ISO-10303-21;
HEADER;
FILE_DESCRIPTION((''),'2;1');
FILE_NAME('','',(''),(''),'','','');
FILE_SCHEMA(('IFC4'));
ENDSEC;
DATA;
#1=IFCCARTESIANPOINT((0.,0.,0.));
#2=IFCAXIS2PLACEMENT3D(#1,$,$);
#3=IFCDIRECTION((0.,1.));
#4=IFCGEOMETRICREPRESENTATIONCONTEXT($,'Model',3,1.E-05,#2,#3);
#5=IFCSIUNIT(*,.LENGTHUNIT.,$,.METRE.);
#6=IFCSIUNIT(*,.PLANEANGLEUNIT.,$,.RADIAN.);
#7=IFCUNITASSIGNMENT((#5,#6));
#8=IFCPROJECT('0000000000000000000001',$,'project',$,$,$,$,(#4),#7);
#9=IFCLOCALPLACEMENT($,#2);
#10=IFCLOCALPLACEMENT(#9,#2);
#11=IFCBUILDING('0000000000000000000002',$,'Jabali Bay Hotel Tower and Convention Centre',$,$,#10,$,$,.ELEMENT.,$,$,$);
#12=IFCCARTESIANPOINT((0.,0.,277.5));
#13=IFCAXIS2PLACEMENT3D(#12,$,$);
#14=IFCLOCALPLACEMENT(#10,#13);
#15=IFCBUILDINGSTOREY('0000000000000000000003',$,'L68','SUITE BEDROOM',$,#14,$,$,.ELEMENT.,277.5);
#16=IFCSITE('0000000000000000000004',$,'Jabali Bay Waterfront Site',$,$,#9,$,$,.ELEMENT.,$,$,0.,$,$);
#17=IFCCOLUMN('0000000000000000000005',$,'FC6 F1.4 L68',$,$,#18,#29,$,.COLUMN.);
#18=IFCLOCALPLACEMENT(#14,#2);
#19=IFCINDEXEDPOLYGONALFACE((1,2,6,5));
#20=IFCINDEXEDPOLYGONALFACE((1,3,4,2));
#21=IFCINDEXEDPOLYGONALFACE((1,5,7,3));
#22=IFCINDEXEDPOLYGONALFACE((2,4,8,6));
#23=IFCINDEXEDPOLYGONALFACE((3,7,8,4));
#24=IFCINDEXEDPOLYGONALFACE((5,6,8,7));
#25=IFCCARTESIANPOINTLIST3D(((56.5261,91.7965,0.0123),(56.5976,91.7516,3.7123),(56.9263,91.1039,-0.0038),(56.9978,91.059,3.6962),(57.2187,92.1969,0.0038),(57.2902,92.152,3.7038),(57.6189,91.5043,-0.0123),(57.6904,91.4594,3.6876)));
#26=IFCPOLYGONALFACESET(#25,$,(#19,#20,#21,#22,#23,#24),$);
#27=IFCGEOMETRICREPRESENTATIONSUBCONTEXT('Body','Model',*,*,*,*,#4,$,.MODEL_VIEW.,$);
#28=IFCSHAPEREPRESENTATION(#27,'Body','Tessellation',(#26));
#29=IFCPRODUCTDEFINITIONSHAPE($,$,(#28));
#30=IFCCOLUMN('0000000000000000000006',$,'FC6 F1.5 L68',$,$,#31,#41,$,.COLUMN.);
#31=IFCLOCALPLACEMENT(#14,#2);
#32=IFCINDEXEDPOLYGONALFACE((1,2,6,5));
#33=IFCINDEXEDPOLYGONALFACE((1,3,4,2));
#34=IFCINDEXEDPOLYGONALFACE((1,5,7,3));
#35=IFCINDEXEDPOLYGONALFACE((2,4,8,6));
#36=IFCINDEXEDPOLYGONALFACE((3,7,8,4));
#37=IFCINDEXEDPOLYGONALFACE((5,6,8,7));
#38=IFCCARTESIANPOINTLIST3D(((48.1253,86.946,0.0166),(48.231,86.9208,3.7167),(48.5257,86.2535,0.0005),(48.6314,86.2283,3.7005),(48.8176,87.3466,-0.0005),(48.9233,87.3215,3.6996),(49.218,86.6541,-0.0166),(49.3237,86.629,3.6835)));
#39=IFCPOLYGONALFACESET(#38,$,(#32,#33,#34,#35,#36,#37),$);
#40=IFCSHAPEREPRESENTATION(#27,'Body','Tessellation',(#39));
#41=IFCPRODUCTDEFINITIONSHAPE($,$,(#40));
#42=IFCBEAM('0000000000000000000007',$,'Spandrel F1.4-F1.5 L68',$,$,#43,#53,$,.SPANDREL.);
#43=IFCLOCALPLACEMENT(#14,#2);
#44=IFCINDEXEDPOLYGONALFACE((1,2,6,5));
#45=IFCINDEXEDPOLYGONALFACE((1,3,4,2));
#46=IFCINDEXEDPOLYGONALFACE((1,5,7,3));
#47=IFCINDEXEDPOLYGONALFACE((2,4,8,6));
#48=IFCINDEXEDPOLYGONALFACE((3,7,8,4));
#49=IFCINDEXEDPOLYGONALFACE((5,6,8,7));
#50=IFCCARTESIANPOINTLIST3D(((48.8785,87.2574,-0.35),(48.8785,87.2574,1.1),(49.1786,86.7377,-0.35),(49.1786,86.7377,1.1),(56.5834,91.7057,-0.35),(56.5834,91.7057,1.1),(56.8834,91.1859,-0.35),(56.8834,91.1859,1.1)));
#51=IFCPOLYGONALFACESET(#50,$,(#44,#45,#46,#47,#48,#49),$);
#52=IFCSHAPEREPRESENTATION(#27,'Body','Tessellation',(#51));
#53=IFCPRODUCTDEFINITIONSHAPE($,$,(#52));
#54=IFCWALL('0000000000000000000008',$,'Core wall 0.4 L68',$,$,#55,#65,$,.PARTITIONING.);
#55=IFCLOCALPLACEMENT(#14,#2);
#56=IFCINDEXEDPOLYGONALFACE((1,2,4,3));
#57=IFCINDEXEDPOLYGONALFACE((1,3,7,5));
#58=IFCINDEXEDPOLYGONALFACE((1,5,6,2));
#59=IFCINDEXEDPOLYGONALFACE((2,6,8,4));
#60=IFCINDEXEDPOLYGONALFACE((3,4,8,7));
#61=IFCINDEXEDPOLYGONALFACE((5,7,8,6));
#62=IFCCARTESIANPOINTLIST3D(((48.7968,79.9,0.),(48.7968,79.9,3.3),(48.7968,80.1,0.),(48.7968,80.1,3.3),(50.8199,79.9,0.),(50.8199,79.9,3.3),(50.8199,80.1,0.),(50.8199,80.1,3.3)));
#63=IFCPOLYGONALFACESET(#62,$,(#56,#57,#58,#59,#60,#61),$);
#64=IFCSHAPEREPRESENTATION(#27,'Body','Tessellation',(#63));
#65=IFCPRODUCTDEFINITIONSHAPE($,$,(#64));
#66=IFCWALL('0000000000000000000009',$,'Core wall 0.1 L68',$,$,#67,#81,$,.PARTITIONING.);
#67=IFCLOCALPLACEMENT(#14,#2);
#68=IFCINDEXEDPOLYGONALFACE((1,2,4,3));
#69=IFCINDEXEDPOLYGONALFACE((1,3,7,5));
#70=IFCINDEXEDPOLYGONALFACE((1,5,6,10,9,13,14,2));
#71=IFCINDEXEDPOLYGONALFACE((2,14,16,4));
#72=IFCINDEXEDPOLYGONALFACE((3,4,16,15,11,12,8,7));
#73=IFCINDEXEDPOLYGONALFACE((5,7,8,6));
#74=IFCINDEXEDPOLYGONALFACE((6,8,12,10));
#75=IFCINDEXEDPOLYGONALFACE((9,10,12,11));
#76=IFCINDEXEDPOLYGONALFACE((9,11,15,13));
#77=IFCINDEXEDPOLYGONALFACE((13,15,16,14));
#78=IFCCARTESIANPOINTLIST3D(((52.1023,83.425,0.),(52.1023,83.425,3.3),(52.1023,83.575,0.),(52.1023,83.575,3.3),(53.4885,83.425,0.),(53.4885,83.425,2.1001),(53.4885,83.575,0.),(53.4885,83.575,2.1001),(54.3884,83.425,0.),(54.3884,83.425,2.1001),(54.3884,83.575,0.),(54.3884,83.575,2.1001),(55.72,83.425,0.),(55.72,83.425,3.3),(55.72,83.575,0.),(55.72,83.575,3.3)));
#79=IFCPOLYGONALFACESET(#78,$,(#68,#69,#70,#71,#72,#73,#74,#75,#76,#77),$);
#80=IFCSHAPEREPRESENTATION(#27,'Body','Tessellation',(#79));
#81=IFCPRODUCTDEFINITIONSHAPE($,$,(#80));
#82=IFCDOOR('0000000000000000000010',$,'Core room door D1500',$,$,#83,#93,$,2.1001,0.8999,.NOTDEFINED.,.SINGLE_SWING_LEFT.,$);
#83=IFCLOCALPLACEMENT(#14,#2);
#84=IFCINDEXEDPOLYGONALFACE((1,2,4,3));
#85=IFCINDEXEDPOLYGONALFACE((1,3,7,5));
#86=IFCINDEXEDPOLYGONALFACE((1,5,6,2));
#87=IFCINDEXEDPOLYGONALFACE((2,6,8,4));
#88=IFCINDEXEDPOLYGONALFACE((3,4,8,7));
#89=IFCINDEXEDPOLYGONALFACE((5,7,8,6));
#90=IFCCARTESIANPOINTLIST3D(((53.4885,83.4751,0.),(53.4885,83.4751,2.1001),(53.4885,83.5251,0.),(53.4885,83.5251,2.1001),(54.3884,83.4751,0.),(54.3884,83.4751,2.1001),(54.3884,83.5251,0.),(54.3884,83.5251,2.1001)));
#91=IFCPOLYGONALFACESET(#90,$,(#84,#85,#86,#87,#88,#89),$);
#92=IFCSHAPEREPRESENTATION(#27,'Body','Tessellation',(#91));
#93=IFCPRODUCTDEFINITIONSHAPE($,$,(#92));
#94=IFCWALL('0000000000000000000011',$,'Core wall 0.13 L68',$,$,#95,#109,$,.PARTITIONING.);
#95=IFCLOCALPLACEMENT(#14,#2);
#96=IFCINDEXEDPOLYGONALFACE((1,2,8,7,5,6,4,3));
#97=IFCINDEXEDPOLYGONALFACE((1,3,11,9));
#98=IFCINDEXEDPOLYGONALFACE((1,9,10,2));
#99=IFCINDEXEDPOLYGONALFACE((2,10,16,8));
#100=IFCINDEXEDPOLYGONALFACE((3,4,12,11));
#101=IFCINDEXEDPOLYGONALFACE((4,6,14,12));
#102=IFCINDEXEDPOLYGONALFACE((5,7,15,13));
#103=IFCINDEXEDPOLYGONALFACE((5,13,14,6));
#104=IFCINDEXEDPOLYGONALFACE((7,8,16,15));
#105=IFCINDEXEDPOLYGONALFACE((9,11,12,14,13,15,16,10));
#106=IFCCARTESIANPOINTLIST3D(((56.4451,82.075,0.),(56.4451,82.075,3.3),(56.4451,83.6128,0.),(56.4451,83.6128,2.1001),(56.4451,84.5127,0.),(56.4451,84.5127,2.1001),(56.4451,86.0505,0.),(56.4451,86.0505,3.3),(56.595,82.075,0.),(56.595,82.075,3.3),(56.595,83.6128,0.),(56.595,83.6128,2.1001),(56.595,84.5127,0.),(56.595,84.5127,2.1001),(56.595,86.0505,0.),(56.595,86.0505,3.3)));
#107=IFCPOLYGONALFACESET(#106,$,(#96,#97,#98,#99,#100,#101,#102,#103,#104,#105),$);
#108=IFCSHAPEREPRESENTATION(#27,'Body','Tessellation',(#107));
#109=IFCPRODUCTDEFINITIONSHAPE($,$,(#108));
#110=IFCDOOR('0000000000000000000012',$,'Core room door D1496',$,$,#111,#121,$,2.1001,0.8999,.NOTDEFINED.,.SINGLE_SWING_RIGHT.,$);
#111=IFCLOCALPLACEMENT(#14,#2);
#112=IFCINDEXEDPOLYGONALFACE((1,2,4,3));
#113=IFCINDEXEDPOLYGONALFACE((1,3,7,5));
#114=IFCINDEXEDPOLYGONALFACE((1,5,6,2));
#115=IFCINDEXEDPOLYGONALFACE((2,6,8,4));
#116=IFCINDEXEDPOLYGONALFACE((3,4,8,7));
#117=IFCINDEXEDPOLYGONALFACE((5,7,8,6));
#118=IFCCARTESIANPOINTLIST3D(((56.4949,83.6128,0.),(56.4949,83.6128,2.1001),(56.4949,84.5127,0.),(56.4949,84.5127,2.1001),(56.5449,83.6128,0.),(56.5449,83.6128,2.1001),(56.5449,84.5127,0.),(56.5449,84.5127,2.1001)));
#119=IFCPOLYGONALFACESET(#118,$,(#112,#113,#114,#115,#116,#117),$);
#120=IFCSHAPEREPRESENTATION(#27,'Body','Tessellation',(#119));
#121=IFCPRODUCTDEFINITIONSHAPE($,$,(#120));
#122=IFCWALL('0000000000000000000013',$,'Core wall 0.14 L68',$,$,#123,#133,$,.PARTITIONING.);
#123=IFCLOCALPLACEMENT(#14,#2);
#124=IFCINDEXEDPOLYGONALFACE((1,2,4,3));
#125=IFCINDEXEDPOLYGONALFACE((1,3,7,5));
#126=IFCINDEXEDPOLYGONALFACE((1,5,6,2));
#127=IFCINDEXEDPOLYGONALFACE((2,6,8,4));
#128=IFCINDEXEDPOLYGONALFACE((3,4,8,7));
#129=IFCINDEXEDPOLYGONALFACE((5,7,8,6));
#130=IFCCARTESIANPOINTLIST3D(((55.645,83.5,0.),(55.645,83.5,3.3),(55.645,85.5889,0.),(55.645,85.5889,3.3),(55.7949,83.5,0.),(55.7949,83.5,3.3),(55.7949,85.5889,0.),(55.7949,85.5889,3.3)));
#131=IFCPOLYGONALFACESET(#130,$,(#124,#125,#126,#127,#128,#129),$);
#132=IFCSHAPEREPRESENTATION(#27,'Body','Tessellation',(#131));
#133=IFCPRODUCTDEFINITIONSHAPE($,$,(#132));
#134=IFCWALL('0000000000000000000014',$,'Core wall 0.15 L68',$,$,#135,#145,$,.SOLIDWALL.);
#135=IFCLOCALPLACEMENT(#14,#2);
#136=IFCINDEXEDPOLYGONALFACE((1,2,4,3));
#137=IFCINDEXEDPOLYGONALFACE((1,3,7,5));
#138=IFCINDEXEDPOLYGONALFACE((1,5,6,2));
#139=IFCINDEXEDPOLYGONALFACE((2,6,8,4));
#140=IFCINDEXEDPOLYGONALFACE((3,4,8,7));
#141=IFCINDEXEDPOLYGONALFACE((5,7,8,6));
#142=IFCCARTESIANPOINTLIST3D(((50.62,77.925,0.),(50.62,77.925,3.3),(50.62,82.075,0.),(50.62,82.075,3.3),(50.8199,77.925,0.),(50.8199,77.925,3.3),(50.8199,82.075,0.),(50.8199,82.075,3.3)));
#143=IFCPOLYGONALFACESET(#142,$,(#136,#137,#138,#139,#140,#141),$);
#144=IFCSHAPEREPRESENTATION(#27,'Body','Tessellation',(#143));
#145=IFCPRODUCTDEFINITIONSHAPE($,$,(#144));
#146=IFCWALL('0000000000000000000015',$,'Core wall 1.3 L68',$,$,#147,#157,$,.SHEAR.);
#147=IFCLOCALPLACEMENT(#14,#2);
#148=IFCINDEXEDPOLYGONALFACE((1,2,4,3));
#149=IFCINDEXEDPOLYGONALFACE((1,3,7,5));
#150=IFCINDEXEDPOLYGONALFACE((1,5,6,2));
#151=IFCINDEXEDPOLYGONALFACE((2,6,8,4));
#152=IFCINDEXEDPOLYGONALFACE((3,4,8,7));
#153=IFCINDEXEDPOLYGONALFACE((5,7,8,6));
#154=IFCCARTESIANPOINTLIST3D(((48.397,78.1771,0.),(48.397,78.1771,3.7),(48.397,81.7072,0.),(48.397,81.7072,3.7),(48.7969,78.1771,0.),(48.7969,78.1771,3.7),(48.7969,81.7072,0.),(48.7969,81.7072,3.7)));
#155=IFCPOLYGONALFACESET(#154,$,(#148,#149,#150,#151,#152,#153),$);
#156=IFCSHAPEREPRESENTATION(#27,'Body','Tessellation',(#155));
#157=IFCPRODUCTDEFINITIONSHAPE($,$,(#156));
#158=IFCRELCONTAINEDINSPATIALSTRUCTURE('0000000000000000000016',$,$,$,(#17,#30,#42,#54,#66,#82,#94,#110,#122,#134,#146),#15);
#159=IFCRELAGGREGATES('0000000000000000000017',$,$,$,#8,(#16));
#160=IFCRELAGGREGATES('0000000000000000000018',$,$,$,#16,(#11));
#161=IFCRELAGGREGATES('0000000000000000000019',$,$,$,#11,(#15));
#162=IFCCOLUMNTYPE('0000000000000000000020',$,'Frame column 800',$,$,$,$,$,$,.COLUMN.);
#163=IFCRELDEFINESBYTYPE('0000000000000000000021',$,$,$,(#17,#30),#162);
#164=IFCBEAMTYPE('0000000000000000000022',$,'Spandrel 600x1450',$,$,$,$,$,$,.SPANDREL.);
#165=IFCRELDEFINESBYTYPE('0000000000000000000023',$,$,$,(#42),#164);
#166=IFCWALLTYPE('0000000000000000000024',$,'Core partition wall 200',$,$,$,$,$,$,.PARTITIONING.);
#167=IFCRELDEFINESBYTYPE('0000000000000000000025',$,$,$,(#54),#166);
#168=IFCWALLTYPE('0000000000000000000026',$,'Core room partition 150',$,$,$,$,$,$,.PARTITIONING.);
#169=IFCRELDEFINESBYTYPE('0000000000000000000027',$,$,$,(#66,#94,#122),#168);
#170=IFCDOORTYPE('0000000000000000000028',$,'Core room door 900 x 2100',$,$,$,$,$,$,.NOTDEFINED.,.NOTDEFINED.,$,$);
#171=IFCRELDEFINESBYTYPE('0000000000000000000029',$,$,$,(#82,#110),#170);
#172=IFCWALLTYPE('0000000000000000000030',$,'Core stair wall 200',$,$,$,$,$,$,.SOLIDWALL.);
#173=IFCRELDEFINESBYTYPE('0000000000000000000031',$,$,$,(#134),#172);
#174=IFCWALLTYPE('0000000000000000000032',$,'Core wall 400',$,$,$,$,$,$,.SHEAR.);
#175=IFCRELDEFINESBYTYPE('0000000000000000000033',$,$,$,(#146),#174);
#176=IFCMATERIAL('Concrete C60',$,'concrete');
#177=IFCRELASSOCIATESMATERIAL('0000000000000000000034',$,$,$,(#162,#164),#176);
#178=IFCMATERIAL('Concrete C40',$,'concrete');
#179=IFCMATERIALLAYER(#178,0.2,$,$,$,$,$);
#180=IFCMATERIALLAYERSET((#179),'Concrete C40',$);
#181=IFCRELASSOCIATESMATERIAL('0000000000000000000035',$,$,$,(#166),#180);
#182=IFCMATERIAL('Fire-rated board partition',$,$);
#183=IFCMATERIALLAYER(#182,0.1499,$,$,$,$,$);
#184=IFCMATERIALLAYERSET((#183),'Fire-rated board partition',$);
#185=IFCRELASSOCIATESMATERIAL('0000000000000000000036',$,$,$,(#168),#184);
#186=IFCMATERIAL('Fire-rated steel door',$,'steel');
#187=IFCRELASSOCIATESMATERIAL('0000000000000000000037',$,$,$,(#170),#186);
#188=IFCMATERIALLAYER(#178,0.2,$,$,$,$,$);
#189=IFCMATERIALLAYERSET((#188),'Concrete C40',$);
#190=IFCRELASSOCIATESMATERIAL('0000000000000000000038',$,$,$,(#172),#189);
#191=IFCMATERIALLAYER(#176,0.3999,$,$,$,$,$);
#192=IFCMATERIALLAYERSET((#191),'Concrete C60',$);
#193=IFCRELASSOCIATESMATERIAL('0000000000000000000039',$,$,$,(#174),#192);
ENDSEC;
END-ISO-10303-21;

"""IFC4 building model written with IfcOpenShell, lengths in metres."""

from ifc_helpers import new_model, si_unit, direction, frame, frame_2d, origin, origin_2d, place, context, subcontext, project, spatial, rectangle, extrude, material, layer, layer_set, material_profile, profile_set, type_object, element, fill, save


model = new_model("IFC4")

# Units and contexts
model_context = context("Model", 3, precision=1e-05, world=origin(), true_north=direction((0.0, 1.0)))
body_context = subcontext(model_context, "Body", "Model", "MODEL_VIEW")
ifc_project = project(units=[si_unit("LENGTHUNIT", "METRE"), si_unit("PLANEANGLEUNIT", "RADIAN")], contexts=[model_context])

# Site, building, storey
site_placement = place(None, origin())
site = spatial("IfcSite", under=ifc_project, at=site_placement, Name="Jabali Bay Waterfront Site", CompositionType="ELEMENT", RefElevation=0.0)
building_placement = place(site_placement, origin())
building = spatial("IfcBuilding", under=site, at=building_placement, Name="Jabali Bay Hotel Tower and Convention Centre", CompositionType="ELEMENT")
storey_placement = place(building_placement, frame((0.0, 0.0, 277.5)))
storey = spatial("IfcBuildingStorey", under=building, at=storey_placement, Name="L68", Description="SUITE BEDROOM", CompositionType="ELEMENT", Elevation=277.5)

# Columns
ifc_material_1 = material(Name="Concrete C60", Category="concrete")
ifc_material_profile_1 = material_profile(ifc_material_1, rectangle(XDim=0.8, YDim=0.8, at=origin_2d()), Name="Frame column 800")
ifc_profile_set_1 = profile_set([ifc_material_profile_1], Name="Concrete C60")
column_type = type_object("IfcColumnType", Name="Frame column 800", PredefinedType="COLUMN", material=ifc_profile_set_1)
column_1_placement = place(storey_placement, frame((57.0725, 91.6504, 0.0), z_axis=(0.019329, -0.012138, 0.99974), x_axis=(-0.50022, 0.865663, 0.020181)))
element("IfcColumn", 1, at=column_1_placement, inside=storey, type_object=column_type, Name="FC6 F1.4 L68", PredefinedType="COLUMN", context=body_context, shape_type="SweptSolid", body=[
    extrude(rectangle(XDim=0.8, YDim=0.8, at=origin_2d()), origin(), (0.0, 0.0, 1.0), 3.7009),
])
column_2_placement = place(storey_placement, frame((48.6716, 86.8, 0.0), z_axis=(0.028559, -0.006794, 0.999569), x_axis=(-0.500408, 0.865555, 0.02018)))
element("IfcColumn", 2, at=column_2_placement, inside=storey, type_object=column_type, Name="FC6 F1.5 L68", PredefinedType="COLUMN", context=body_context, shape_type="SweptSolid", body=[
    extrude(rectangle(XDim=0.8, YDim=0.8, at=origin_2d()), origin(), (0.0, 0.0, 1.0), 3.7017),
])

# Beam
ifc_material_profile_2 = material_profile(ifc_material_1, rectangle(XDim=0.6001, YDim=1.45, at=origin_2d()), Name="Spandrel 600x1450")
ifc_profile_set_2 = profile_set([ifc_material_profile_2], Name="Concrete C60")
beam_type = type_object("IfcBeamType", Name="Spandrel 600x1450", PredefinedType="SPANDREL", material=ifc_profile_set_2)
beam_placement = place(storey_placement, frame((56.7334, 91.4458, 0.375), z_axis=(-0.866032, -0.499988, 0.0), x_axis=(0.499988, -0.866032, 0.0)))
element("IfcBeam", 3, at=beam_placement, inside=storey, type_object=beam_type, Name="Spandrel F1.4-F1.5 L68", PredefinedType="SPANDREL", context=body_context, shape_type="SweptSolid", body=[
    extrude(rectangle(XDim=0.6001, YDim=1.45, at=origin_2d()), origin(), (0.0, 0.0, 1.0), 8.8967),
])

# Wall
ifc_material_2 = material(Name="Concrete C40", Category="concrete")
ifc_layer_1 = layer(ifc_material_2, 0.2)
ifc_layer_set_1 = layer_set([ifc_layer_1], Name="Concrete C40")
wall_type_1 = type_object("IfcWallType", Name="Core partition wall 200", PredefinedType="PARTITIONING", material=ifc_layer_set_1)
wall_1_placement = place(storey_placement, frame((50.8201, 80.0, 0.0), z_axis=(0.0, 0.0, 1.0), x_axis=(-1.0, 0.0, 0.0)))
element("IfcWall", 4, at=wall_1_placement, inside=storey, type_object=wall_type_1, Name="Core wall 0.4 L68", PredefinedType="PARTITIONING", context=body_context, shape_type="SweptSolid", body=[
    extrude(rectangle(XDim=2.0232, YDim=0.2, at=frame_2d((1.0117, 0.0))), origin(), (0.0, 0.0, 1.0), 3.3),
])

# Walls, openings, doors
ifc_material_3 = material(Name="Fire-rated board partition")
ifc_layer_2 = layer(ifc_material_3, 0.1499)
ifc_layer_set_2 = layer_set([ifc_layer_2], Name="Fire-rated board partition")
wall_type_2 = type_object("IfcWallType", Name="Core room partition 150", PredefinedType="PARTITIONING", material=ifc_layer_set_2)
wall_2_placement = place(storey_placement, frame((55.72, 83.5, 0.0), z_axis=(0.0, 0.0, 1.0), x_axis=(-1.0, 0.0, 0.0)))
wall_2 = element("IfcWall", 5, at=wall_2_placement, inside=storey, type_object=wall_type_2, Name="Core wall 0.1 L68", PredefinedType="PARTITIONING", context=body_context, shape_type="SweptSolid", body=[
    extrude(rectangle(XDim=3.6177, YDim=0.1499, at=frame_2d((1.8088, 0.0))), origin(), (0.0, 0.0, 1.0), 3.3),
])
opening_1_placement = place(wall_2_placement, frame((1.3315, 0.0, 0.0)))
opening_1 = element("IfcOpeningElement", 6, at=opening_1_placement, cuts=wall_2, PredefinedType="OPENING", context=body_context, shape_type="SweptSolid", body=[
    extrude(rectangle(XDim=0.8999, YDim=2.1001, at=frame_2d((0.45, 1.05))), frame((0.0, 0.0854, 0.0), z_axis=(0.0, -1.0, 0.0), x_axis=(1.0, 0.0, 0.0)), (0.0, 0.0, 1.0), 0.1709),
])
ifc_material_4 = material(Name="Fire-rated steel door", Category="steel")
door_type = type_object("IfcDoorType", Name="Core room door 900 x 2100", OperationType="NOTDEFINED", PredefinedType="NOTDEFINED", material=ifc_material_4)
door_1_placement = place(opening_1_placement, origin())
door_1 = element("IfcDoor", 7, at=door_1_placement, inside=storey, type_object=door_type, Name="Core room door D1500", OperationType="SINGLE_SWING_LEFT", OverallHeight=2.1001, OverallWidth=0.8999, PredefinedType="NOTDEFINED", context=body_context, shape_type="SweptSolid", body=[
    extrude(rectangle(XDim=0.8999, YDim=2.1001, at=frame_2d((0.45, 1.05))), frame((0.0, 0.0249, 0.0), z_axis=(0.0, -1.0, 0.0), x_axis=(1.0, 0.0, 0.0)), (0.0, 0.0, 1.0), 0.05),
])
fill(opening_1, door_1)
wall_3_placement = place(storey_placement, frame((56.52, 86.0505, 0.0), z_axis=(0.0, 0.0, 1.0), x_axis=(0.0, -1.0, 0.0)))
wall_3 = element("IfcWall", 8, at=wall_3_placement, inside=storey, type_object=wall_type_2, Name="Core wall 0.13 L68", PredefinedType="PARTITIONING", context=body_context, shape_type="SweptSolid", body=[
    extrude(rectangle(XDim=3.9756, YDim=0.1499, at=frame_2d((1.9878, 0.0))), origin(), (0.0, 0.0, 1.0), 3.3),
])
opening_2_placement = place(wall_3_placement, frame((1.5378, 0.0, 0.0)))
opening_2 = element("IfcOpeningElement", 9, at=opening_2_placement, cuts=wall_3, PredefinedType="OPENING", context=body_context, shape_type="SweptSolid", body=[
    extrude(rectangle(XDim=0.8999, YDim=2.1001, at=frame_2d((0.45, 1.05))), frame((0.0, 0.0854, 0.0), z_axis=(0.0, -1.0, 0.0), x_axis=(1.0, 0.0, 0.0)), (0.0, 0.0, 1.0), 0.1709),
])
door_2_placement = place(opening_2_placement, origin())
door_2 = element("IfcDoor", 10, at=door_2_placement, inside=storey, type_object=door_type, Name="Core room door D1496", OperationType="SINGLE_SWING_RIGHT", OverallHeight=2.1001, OverallWidth=0.8999, PredefinedType="NOTDEFINED", context=body_context, shape_type="SweptSolid", body=[
    extrude(rectangle(XDim=0.8999, YDim=2.1001, at=frame_2d((0.45, 1.05))), frame((0.0, 0.0249, 0.0), z_axis=(0.0, -1.0, 0.0), x_axis=(1.0, 0.0, 0.0)), (0.0, 0.0, 1.0), 0.05),
])
fill(opening_2, door_2)

# Walls
wall_4_placement = place(storey_placement, frame((55.72, 85.5889, 0.0), z_axis=(0.0, 0.0, 1.0), x_axis=(0.0, -1.0, 0.0)))
element("IfcWall", 11, at=wall_4_placement, inside=storey, type_object=wall_type_2, Name="Core wall 0.14 L68", PredefinedType="PARTITIONING", context=body_context, shape_type="SweptSolid", body=[
    extrude(rectangle(XDim=2.0889, YDim=0.1499, at=frame_2d((1.0444, 0.0))), origin(), (0.0, 0.0, 1.0), 3.3),
])
ifc_layer_3 = layer(ifc_material_2, 0.2)
ifc_layer_set_3 = layer_set([ifc_layer_3], Name="Concrete C40")
wall_type_3 = type_object("IfcWallType", Name="Core stair wall 200", PredefinedType="SOLIDWALL", material=ifc_layer_set_3)
wall_5_placement = place(storey_placement, frame((50.72, 82.075, 0.0), z_axis=(0.0, 0.0, 1.0), x_axis=(0.0, -1.0, 0.0)))
element("IfcWall", 12, at=wall_5_placement, inside=storey, type_object=wall_type_3, Name="Core wall 0.15 L68", PredefinedType="SOLIDWALL", context=body_context, shape_type="SweptSolid", body=[
    extrude(rectangle(XDim=4.1499, YDim=0.2, at=frame_2d((2.075, 0.0))), origin(), (0.0, 0.0, 1.0), 3.3),
])
ifc_layer_4 = layer(ifc_material_1, 0.3999)
ifc_layer_set_4 = layer_set([ifc_layer_4], Name="Concrete C60")
wall_type_4 = type_object("IfcWallType", Name="Core wall 400", PredefinedType="SHEAR", material=ifc_layer_set_4)
wall_6_placement = place(storey_placement, frame((48.5969, 81.7073, 0.0), z_axis=(0.0, 0.0, 1.0), x_axis=(0.0, -1.0, 0.0)))
element("IfcWall", 13, at=wall_6_placement, inside=storey, type_object=wall_type_4, Name="Core wall 1.3 L68", PredefinedType="SHEAR", context=body_context, shape_type="SweptSolid", body=[
    extrude(rectangle(XDim=3.53, YDim=0.3999, at=frame_2d((1.7651, 0.0))), origin(), (0.0, 0.0, 1.0), 3.7),
])

save(model, "model.ifc")
